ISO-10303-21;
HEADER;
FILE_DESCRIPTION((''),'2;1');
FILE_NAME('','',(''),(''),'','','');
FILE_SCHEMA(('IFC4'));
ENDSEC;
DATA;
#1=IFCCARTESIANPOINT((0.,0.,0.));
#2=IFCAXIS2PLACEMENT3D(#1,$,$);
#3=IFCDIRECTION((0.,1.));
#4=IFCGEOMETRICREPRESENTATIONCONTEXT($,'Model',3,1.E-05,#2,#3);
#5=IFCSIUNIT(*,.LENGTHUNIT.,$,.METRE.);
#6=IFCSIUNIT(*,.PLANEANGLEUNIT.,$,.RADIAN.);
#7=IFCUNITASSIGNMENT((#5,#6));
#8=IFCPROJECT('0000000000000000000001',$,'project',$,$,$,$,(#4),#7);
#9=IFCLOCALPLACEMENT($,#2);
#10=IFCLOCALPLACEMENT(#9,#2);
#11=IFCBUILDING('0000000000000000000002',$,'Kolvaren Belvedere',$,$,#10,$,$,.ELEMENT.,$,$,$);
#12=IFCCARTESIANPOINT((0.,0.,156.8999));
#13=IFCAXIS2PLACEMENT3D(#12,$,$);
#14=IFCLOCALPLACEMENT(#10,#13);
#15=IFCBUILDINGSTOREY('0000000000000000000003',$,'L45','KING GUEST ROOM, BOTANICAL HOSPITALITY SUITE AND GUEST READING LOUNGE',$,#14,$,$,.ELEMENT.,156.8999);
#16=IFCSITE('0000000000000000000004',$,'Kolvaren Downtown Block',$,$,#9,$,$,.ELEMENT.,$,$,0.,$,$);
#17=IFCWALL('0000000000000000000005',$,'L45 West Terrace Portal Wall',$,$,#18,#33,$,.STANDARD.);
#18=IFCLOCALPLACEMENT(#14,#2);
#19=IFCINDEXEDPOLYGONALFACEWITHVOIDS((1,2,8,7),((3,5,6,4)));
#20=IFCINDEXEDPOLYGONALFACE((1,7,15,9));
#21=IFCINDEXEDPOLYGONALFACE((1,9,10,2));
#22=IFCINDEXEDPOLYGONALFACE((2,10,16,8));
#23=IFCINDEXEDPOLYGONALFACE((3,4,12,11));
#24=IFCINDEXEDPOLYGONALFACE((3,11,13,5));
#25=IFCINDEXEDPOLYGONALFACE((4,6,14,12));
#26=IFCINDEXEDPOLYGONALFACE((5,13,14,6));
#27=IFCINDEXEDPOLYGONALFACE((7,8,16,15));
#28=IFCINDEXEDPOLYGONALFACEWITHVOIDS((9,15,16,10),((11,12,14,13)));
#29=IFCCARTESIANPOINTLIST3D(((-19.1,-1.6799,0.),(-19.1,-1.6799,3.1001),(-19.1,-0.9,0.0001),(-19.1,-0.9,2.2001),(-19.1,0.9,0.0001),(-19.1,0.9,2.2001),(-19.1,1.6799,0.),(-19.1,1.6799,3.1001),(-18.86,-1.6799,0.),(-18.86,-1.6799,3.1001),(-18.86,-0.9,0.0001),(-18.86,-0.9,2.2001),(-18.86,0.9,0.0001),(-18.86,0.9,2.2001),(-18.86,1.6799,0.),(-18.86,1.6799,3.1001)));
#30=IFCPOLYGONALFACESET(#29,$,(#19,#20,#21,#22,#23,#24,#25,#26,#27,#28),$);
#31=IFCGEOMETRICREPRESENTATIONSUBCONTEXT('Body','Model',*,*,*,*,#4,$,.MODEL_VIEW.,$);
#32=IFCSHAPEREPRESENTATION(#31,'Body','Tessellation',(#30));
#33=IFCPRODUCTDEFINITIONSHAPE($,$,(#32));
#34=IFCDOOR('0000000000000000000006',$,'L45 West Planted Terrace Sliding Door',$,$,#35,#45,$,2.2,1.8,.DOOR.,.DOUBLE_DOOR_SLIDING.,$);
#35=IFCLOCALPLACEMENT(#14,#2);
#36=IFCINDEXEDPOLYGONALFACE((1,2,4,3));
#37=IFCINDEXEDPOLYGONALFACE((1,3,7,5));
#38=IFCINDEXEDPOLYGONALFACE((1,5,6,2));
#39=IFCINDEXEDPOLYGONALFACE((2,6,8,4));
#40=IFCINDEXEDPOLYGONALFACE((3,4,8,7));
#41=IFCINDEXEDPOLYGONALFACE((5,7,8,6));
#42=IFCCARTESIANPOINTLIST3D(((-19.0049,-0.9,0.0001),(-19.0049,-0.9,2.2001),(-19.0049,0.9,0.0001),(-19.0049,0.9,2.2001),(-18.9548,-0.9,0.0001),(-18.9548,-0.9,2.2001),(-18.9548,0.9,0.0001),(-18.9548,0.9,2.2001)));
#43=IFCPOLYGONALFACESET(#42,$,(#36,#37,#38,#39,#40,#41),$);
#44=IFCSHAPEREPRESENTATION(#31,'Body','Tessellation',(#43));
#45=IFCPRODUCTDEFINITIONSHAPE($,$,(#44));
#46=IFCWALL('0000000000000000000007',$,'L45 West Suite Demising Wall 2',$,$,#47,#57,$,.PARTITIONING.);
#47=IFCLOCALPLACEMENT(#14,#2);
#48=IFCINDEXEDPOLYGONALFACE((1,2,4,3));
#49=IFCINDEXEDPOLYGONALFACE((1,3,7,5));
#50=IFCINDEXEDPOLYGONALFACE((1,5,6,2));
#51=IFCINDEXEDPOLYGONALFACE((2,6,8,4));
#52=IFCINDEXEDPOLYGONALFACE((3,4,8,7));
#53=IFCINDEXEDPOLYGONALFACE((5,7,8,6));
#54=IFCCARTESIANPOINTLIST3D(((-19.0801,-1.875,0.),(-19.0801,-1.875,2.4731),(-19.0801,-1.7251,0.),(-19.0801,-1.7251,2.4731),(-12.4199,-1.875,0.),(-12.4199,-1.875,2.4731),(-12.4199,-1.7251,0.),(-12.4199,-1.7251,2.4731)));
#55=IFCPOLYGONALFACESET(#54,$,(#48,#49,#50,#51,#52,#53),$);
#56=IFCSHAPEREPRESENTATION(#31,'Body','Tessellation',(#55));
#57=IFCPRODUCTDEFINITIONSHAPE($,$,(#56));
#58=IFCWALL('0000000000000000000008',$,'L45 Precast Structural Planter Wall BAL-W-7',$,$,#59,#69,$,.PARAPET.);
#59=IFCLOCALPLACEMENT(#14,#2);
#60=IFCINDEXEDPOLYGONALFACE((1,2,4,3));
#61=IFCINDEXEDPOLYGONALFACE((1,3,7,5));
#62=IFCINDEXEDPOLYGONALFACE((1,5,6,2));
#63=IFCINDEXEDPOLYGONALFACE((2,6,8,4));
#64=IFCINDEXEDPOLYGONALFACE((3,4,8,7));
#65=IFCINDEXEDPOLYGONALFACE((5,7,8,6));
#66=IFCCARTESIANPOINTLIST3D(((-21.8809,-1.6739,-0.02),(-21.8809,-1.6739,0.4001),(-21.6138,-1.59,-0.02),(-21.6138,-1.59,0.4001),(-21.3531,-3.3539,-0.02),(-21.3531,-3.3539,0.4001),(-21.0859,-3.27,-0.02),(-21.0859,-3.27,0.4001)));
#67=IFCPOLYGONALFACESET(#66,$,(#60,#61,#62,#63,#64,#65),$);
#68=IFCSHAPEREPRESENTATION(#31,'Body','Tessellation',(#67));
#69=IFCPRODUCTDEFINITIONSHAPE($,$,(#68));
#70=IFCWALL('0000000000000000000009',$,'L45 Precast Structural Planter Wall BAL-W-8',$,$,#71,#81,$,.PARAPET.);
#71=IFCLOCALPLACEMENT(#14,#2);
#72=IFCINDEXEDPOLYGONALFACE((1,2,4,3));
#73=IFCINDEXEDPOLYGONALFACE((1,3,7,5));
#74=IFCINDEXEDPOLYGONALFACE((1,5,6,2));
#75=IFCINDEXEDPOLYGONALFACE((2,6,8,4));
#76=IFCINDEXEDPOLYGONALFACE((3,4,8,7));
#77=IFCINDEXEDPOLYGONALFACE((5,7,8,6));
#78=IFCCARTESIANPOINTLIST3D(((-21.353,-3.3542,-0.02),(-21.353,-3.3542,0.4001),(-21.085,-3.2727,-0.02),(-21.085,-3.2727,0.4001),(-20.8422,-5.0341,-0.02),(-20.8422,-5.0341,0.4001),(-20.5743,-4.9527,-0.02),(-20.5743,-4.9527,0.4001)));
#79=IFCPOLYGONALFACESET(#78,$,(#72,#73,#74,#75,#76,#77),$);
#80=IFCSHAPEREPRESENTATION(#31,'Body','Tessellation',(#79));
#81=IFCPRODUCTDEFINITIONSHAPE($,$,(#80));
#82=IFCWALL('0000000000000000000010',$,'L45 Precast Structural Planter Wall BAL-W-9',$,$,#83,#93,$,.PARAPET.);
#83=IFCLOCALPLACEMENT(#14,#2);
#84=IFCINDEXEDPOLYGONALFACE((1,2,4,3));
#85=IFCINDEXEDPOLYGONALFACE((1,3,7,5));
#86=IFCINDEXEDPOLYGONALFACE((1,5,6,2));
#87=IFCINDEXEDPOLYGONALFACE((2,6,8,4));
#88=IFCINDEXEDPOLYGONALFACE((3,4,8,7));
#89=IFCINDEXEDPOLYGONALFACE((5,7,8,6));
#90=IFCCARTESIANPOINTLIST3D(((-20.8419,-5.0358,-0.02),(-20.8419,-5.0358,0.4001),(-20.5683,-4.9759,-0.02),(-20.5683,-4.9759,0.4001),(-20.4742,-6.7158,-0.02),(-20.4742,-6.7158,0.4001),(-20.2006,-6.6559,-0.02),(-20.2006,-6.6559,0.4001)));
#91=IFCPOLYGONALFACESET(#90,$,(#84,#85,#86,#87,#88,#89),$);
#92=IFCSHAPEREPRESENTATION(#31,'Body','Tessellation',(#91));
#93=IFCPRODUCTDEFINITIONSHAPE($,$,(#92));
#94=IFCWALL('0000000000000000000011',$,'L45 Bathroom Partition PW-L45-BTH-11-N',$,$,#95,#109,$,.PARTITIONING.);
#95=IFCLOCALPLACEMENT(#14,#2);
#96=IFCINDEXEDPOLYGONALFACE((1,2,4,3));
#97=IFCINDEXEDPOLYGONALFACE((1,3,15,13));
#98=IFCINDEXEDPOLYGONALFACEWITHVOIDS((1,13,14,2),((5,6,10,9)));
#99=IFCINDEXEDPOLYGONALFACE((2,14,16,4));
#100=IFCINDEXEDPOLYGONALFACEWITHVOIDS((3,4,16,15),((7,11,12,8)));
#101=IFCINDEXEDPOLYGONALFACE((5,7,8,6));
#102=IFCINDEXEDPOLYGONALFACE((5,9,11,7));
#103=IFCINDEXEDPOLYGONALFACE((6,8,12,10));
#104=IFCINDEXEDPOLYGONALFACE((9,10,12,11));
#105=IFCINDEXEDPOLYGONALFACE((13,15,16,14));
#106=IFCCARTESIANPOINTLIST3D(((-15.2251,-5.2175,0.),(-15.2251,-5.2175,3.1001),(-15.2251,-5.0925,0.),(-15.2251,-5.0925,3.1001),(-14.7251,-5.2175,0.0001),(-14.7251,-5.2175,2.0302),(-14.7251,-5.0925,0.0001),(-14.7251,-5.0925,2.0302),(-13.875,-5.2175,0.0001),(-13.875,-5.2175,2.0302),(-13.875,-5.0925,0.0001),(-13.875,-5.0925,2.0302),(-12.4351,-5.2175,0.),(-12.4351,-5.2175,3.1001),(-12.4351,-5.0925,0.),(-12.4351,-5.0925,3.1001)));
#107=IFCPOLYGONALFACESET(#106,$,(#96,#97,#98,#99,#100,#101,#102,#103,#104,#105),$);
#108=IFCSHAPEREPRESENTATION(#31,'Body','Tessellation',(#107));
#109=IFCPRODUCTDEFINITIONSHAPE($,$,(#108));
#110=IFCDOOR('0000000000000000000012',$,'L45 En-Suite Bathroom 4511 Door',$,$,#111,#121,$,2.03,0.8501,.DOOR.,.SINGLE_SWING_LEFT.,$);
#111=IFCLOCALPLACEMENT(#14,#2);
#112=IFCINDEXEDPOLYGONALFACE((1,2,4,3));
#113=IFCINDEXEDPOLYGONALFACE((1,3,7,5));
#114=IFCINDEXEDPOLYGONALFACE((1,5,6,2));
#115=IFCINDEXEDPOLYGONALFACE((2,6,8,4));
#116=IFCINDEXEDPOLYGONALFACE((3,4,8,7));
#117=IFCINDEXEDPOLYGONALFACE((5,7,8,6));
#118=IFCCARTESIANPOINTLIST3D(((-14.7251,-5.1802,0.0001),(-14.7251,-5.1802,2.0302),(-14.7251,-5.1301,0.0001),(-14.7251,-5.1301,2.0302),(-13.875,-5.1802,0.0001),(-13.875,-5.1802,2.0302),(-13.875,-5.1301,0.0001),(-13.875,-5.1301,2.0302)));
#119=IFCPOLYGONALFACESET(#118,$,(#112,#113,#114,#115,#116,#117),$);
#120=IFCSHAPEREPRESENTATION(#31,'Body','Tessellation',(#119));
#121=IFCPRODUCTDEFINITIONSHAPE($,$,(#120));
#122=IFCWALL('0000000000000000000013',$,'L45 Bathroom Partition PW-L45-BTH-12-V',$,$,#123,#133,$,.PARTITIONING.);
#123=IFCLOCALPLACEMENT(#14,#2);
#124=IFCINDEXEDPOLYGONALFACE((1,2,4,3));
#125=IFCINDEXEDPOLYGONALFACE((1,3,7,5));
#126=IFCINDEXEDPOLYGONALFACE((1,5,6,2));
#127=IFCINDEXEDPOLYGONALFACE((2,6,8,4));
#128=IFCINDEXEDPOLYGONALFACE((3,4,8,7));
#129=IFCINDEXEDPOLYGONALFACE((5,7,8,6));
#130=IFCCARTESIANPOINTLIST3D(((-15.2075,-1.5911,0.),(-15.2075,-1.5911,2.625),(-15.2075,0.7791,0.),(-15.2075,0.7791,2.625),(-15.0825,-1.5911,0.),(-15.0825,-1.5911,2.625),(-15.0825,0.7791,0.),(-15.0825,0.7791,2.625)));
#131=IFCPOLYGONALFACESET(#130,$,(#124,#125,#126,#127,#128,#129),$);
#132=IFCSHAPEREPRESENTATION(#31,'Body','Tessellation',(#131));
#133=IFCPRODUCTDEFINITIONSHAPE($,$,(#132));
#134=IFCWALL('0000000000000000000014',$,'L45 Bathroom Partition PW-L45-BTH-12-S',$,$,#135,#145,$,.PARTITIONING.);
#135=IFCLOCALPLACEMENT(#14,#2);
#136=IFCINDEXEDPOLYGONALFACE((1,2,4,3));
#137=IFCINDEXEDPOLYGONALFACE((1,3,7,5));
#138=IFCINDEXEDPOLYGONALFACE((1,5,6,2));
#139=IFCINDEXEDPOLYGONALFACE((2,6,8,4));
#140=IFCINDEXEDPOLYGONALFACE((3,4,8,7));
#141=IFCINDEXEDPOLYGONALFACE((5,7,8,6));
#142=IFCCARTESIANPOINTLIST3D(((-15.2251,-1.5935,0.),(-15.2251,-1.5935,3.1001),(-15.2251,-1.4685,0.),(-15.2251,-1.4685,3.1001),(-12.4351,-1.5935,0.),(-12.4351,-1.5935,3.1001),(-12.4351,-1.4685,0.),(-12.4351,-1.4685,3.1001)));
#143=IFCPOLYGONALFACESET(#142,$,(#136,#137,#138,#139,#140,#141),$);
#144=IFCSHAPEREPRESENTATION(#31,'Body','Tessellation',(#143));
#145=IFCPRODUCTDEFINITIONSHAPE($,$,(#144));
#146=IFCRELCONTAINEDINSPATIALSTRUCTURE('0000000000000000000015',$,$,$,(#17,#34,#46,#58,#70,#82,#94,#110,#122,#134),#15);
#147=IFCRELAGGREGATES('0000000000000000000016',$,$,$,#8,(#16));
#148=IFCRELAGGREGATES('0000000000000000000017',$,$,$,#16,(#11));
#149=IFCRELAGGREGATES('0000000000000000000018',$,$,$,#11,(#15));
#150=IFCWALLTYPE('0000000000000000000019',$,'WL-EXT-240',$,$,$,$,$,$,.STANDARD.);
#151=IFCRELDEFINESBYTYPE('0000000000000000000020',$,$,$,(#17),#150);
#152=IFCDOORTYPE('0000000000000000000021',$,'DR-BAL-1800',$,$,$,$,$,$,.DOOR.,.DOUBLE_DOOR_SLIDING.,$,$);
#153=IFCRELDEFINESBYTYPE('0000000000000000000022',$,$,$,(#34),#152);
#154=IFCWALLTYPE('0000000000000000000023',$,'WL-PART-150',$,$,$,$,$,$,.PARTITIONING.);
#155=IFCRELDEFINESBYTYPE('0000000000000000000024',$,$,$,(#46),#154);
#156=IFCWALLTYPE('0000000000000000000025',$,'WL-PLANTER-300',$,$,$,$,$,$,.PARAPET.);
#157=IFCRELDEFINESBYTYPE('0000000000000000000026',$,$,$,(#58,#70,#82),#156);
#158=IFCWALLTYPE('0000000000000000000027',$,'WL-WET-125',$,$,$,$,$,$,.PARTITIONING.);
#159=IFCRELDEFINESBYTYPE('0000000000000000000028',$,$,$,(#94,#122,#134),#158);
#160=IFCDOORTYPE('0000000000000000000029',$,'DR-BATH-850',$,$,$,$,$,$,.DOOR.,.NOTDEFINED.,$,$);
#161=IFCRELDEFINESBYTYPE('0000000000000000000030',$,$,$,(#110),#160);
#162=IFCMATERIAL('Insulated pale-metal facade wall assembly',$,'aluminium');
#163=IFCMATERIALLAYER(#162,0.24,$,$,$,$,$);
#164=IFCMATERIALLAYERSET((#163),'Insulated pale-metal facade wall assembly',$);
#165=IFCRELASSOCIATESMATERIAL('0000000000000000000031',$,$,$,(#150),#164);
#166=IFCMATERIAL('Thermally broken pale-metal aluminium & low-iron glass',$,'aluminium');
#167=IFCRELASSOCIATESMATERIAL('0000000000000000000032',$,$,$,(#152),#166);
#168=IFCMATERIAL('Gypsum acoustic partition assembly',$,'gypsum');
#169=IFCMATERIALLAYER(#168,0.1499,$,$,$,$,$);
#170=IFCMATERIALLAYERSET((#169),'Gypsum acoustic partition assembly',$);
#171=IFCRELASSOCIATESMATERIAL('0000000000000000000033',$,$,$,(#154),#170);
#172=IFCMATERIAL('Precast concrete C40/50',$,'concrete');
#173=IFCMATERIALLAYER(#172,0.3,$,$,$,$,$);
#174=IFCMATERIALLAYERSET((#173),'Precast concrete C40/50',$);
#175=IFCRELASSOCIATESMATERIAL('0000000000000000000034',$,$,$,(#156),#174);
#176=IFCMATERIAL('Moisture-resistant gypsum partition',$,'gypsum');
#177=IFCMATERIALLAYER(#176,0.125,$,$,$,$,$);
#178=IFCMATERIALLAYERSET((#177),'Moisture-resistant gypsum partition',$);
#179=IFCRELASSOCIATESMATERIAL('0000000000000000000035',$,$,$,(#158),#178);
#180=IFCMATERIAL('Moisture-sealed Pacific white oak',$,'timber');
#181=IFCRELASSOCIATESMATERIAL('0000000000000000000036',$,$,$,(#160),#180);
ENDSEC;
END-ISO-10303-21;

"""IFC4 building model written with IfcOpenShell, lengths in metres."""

from ifc_helpers import new_model, si_unit, direction, frame, frame_2d, origin, place, context, subcontext, project, spatial, rectangle, extrude, material, layer, layer_set, type_object, element, fill, save


model = new_model("IFC4")

# Units and contexts
model_context = context("Model", 3, precision=1e-05, world=origin(), true_north=direction((0.0, 1.0)))
body_context = subcontext(model_context, "Body", "Model", "MODEL_VIEW")
ifc_project = project(units=[si_unit("LENGTHUNIT", "METRE"), si_unit("PLANEANGLEUNIT", "RADIAN")], contexts=[model_context])

# Site, building, storey
site_placement = place(None, origin())
site = spatial("IfcSite", under=ifc_project, at=site_placement, Name="Kolvaren Downtown Block", CompositionType="ELEMENT", RefElevation=0.0)
building_placement = place(site_placement, origin())
building = spatial("IfcBuilding", under=site, at=building_placement, Name="Kolvaren Belvedere", CompositionType="ELEMENT")
storey_placement = place(building_placement, frame((0.0, 0.0, 156.8999)))
storey = spatial("IfcBuildingStorey", under=building, at=storey_placement, Name="L45", Description="KING GUEST ROOM, BOTANICAL HOSPITALITY SUITE AND GUEST READING LOUNGE", CompositionType="ELEMENT", Elevation=156.8999)

# Wall, opening, door
ifc_material_1 = material(Name="Insulated pale-metal facade wall assembly", Category="aluminium")
ifc_layer_1 = layer(ifc_material_1, 0.24)
ifc_layer_set_1 = layer_set([ifc_layer_1], Name="Insulated pale-metal facade wall assembly")
wall_type_1 = type_object("IfcWallType", Name="WL-EXT-240", PredefinedType="STANDARD", material=ifc_layer_set_1)
wall_1_placement = place(storey_placement, frame((-18.98, -1.6799, 0.0), z_axis=(0.0, 0.0, 1.0), x_axis=(0.0, 1.0, 0.0)))
wall_1 = element("IfcWall", 1, at=wall_1_placement, inside=storey, type_object=wall_type_1, Name="L45 West Terrace Portal Wall", PredefinedType="STANDARD", context=body_context, shape_type="SweptSolid", body=[
    extrude(rectangle(XDim=3.3599, YDim=0.24, at=frame_2d((1.6799, 0.0))), origin(), (0.0, 0.0, 1.0), 3.1001),
])
opening_1_placement = place(wall_1_placement, frame((0.78, 0.0, 0.0)))
opening_1 = element("IfcOpeningElement", 2, at=opening_1_placement, cuts=wall_1, PredefinedType="OPENING", context=body_context, shape_type="SweptSolid", body=[
    extrude(rectangle(XDim=1.8, YDim=2.2, at=frame_2d((0.8999, 1.1001))), frame((0.0, 0.1299, 0.0), z_axis=(0.0, -1.0, 0.0), x_axis=(1.0, 0.0, 0.0)), (0.0, 0.0, 1.0), 0.26),
])
ifc_material_2 = material(Name="Thermally broken pale-metal aluminium & low-iron glass", Category="aluminium")
door_type_1 = type_object("IfcDoorType", Name="DR-BAL-1800", OperationType="DOUBLE_DOOR_SLIDING", PredefinedType="DOOR", material=ifc_material_2)
door_1_placement = place(opening_1_placement, origin())
door_1 = element("IfcDoor", 3, at=door_1_placement, inside=storey, type_object=door_type_1, Name="L45 West Planted Terrace Sliding Door", OperationType="DOUBLE_DOOR_SLIDING", OverallHeight=2.2, OverallWidth=1.8, PredefinedType="DOOR", context=body_context, shape_type="SweptSolid", body=[
    extrude(rectangle(XDim=1.8, YDim=2.2, at=frame_2d((0.8999, 1.1001))), frame((0.0, 0.0249, 0.0), z_axis=(0.0, -1.0, 0.0), x_axis=(1.0, 0.0, 0.0)), (0.0, 0.0, 1.0), 0.05),
])
fill(opening_1, door_1)

# Walls
ifc_material_3 = material(Name="Gypsum acoustic partition assembly", Category="gypsum")
ifc_layer_2 = layer(ifc_material_3, 0.1499)
ifc_layer_set_2 = layer_set([ifc_layer_2], Name="Gypsum acoustic partition assembly")
wall_type_2 = type_object("IfcWallType", Name="WL-PART-150", PredefinedType="PARTITIONING", material=ifc_layer_set_2)
wall_2_placement = place(storey_placement, frame((-19.0801, -1.8, 0.0), z_axis=(0.0, 0.0, 1.0), x_axis=(1.0, 0.0, 0.0)))
element("IfcWall", 4, at=wall_2_placement, inside=storey, type_object=wall_type_2, Name="L45 West Suite Demising Wall 2", PredefinedType="PARTITIONING", context=body_context, shape_type="SweptSolid", body=[
    extrude(rectangle(XDim=6.6602, YDim=0.1499, at=frame_2d((3.3301, 0.0))), origin(), (0.0, 0.0, 1.0), 2.4731),
])
ifc_material_4 = material(Name="Precast concrete C40/50", Category="concrete")
ifc_layer_3 = layer(ifc_material_4, 0.3)
ifc_layer_set_3 = layer_set([ifc_layer_3], Name="Precast concrete C40/50")
wall_type_3 = type_object("IfcWallType", Name="WL-PLANTER-300", PredefinedType="PARAPET", material=ifc_layer_set_3)
wall_3_placement = place(storey_placement, frame((-21.7473, -1.6321, -0.02), z_axis=(0.0, 0.0, 1.0), x_axis=(0.299751, -0.954018, 0.0)))
element("IfcWall", 5, at=wall_3_placement, inside=storey, type_object=wall_type_3, Name="L45 Precast Structural Planter Wall BAL-W-7", PredefinedType="PARAPET", context=body_context, shape_type="SweptSolid", body=[
    extrude(rectangle(XDim=1.761, YDim=0.28, at=frame_2d((0.8804, 0.0))), origin(), (0.0, 0.0, 1.0), 0.4202),
])
wall_4_placement = place(storey_placement, frame((-21.219, -3.3135, -0.02), z_axis=(0.0, 0.0, 1.0), x_axis=(0.290879, -0.95676, 0.0)))
element("IfcWall", 6, at=wall_4_placement, inside=storey, type_object=wall_type_3, Name="L45 Precast Structural Planter Wall BAL-W-8", PredefinedType="PARAPET", context=body_context, shape_type="SweptSolid", body=[
    extrude(rectangle(XDim=1.7559, YDim=0.28, at=frame_2d((0.8779, 0.0))), origin(), (0.0, 0.0, 1.0), 0.4202),
])
wall_5_placement = place(storey_placement, frame((-20.7051, -5.0059, -0.02), z_axis=(0.0, 0.0, 1.0), x_axis=(0.213803, -0.976877, 0.0)))
element("IfcWall", 7, at=wall_5_placement, inside=storey, type_object=wall_type_3, Name="L45 Precast Structural Planter Wall BAL-W-9", PredefinedType="PARAPET", context=body_context, shape_type="SweptSolid", body=[
    extrude(rectangle(XDim=1.7197, YDim=0.28, at=frame_2d((0.8599, 0.0))), origin(), (0.0, 0.0, 1.0), 0.4202),
])

# Wall, opening, door
ifc_material_5 = material(Name="Moisture-resistant gypsum partition", Category="gypsum")
ifc_layer_4 = layer(ifc_material_5, 0.125)
ifc_layer_set_4 = layer_set([ifc_layer_4], Name="Moisture-resistant gypsum partition")
wall_type_4 = type_object("IfcWallType", Name="WL-WET-125", PredefinedType="PARTITIONING", material=ifc_layer_set_4)
wall_6_placement = place(storey_placement, frame((-15.2251, -5.155, 0.0), z_axis=(0.0, 0.0, 1.0), x_axis=(1.0, 0.0, 0.0)))
wall_6 = element("IfcWall", 8, at=wall_6_placement, inside=storey, type_object=wall_type_4, Name="L45 Bathroom Partition PW-L45-BTH-11-N", PredefinedType="PARTITIONING", context=body_context, shape_type="SweptSolid", body=[
    extrude(rectangle(XDim=2.79, YDim=0.125, at=frame_2d((1.395, 0.0))), origin(), (0.0, 0.0, 1.0), 3.1001),
])
opening_2_placement = place(wall_6_placement, frame((0.5, 0.0, 0.0)))
opening_2 = element("IfcOpeningElement", 9, at=opening_2_placement, cuts=wall_6, PredefinedType="OPENING", context=body_context, shape_type="SweptSolid", body=[
    extrude(rectangle(XDim=0.8501, YDim=2.03, at=frame_2d((0.425, 1.0151))), frame((0.0, 0.0725, 0.0), z_axis=(0.0, -1.0, 0.0), x_axis=(1.0, 0.0, 0.0)), (0.0, 0.0, 1.0), 0.145),
])
ifc_material_6 = material(Name="Moisture-sealed Pacific white oak", Category="timber")
door_type_2 = type_object("IfcDoorType", Name="DR-BATH-850", OperationType="NOTDEFINED", PredefinedType="DOOR", material=ifc_material_6)
door_2_placement = place(opening_2_placement, origin())
door_2 = element("IfcDoor", 10, at=door_2_placement, inside=storey, type_object=door_type_2, Name="L45 En-Suite Bathroom 4511 Door", OperationType="SINGLE_SWING_LEFT", OverallHeight=2.03, OverallWidth=0.8501, PredefinedType="DOOR", context=body_context, shape_type="SweptSolid", body=[
    extrude(rectangle(XDim=0.8501, YDim=2.03, at=frame_2d((0.425, 1.0151))), frame((0.0, 0.0249, 0.0), z_axis=(0.0, -1.0, 0.0), x_axis=(1.0, 0.0, 0.0)), (0.0, 0.0, 1.0), 0.05),
])
fill(opening_2, door_2)

# Walls
wall_7_placement = place(storey_placement, frame((-15.145, -1.5911, 0.0), z_axis=(0.0, 0.0, 1.0), x_axis=(0.0, 1.0, 0.0)))
element("IfcWall", 11, at=wall_7_placement, inside=storey, type_object=wall_type_4, Name="L45 Bathroom Partition PW-L45-BTH-12-V", PredefinedType="PARTITIONING", context=body_context, shape_type="SweptSolid", body=[
    extrude(rectangle(XDim=2.3701, YDim=0.125, at=frame_2d((1.1851, 0.0))), origin(), (0.0, 0.0, 1.0), 2.625),
])
wall_8_placement = place(storey_placement, frame((-15.2251, -1.531, 0.0), z_axis=(0.0, 0.0, 1.0), x_axis=(1.0, 0.0, 0.0)))
element("IfcWall", 12, at=wall_8_placement, inside=storey, type_object=wall_type_4, Name="L45 Bathroom Partition PW-L45-BTH-12-S", PredefinedType="PARTITIONING", context=body_context, shape_type="SweptSolid", body=[
    extrude(rectangle(XDim=2.79, YDim=0.125, at=frame_2d((1.395, 0.0))), origin(), (0.0, 0.0, 1.0), 3.1001),
])

save(model, "model.ifc")
